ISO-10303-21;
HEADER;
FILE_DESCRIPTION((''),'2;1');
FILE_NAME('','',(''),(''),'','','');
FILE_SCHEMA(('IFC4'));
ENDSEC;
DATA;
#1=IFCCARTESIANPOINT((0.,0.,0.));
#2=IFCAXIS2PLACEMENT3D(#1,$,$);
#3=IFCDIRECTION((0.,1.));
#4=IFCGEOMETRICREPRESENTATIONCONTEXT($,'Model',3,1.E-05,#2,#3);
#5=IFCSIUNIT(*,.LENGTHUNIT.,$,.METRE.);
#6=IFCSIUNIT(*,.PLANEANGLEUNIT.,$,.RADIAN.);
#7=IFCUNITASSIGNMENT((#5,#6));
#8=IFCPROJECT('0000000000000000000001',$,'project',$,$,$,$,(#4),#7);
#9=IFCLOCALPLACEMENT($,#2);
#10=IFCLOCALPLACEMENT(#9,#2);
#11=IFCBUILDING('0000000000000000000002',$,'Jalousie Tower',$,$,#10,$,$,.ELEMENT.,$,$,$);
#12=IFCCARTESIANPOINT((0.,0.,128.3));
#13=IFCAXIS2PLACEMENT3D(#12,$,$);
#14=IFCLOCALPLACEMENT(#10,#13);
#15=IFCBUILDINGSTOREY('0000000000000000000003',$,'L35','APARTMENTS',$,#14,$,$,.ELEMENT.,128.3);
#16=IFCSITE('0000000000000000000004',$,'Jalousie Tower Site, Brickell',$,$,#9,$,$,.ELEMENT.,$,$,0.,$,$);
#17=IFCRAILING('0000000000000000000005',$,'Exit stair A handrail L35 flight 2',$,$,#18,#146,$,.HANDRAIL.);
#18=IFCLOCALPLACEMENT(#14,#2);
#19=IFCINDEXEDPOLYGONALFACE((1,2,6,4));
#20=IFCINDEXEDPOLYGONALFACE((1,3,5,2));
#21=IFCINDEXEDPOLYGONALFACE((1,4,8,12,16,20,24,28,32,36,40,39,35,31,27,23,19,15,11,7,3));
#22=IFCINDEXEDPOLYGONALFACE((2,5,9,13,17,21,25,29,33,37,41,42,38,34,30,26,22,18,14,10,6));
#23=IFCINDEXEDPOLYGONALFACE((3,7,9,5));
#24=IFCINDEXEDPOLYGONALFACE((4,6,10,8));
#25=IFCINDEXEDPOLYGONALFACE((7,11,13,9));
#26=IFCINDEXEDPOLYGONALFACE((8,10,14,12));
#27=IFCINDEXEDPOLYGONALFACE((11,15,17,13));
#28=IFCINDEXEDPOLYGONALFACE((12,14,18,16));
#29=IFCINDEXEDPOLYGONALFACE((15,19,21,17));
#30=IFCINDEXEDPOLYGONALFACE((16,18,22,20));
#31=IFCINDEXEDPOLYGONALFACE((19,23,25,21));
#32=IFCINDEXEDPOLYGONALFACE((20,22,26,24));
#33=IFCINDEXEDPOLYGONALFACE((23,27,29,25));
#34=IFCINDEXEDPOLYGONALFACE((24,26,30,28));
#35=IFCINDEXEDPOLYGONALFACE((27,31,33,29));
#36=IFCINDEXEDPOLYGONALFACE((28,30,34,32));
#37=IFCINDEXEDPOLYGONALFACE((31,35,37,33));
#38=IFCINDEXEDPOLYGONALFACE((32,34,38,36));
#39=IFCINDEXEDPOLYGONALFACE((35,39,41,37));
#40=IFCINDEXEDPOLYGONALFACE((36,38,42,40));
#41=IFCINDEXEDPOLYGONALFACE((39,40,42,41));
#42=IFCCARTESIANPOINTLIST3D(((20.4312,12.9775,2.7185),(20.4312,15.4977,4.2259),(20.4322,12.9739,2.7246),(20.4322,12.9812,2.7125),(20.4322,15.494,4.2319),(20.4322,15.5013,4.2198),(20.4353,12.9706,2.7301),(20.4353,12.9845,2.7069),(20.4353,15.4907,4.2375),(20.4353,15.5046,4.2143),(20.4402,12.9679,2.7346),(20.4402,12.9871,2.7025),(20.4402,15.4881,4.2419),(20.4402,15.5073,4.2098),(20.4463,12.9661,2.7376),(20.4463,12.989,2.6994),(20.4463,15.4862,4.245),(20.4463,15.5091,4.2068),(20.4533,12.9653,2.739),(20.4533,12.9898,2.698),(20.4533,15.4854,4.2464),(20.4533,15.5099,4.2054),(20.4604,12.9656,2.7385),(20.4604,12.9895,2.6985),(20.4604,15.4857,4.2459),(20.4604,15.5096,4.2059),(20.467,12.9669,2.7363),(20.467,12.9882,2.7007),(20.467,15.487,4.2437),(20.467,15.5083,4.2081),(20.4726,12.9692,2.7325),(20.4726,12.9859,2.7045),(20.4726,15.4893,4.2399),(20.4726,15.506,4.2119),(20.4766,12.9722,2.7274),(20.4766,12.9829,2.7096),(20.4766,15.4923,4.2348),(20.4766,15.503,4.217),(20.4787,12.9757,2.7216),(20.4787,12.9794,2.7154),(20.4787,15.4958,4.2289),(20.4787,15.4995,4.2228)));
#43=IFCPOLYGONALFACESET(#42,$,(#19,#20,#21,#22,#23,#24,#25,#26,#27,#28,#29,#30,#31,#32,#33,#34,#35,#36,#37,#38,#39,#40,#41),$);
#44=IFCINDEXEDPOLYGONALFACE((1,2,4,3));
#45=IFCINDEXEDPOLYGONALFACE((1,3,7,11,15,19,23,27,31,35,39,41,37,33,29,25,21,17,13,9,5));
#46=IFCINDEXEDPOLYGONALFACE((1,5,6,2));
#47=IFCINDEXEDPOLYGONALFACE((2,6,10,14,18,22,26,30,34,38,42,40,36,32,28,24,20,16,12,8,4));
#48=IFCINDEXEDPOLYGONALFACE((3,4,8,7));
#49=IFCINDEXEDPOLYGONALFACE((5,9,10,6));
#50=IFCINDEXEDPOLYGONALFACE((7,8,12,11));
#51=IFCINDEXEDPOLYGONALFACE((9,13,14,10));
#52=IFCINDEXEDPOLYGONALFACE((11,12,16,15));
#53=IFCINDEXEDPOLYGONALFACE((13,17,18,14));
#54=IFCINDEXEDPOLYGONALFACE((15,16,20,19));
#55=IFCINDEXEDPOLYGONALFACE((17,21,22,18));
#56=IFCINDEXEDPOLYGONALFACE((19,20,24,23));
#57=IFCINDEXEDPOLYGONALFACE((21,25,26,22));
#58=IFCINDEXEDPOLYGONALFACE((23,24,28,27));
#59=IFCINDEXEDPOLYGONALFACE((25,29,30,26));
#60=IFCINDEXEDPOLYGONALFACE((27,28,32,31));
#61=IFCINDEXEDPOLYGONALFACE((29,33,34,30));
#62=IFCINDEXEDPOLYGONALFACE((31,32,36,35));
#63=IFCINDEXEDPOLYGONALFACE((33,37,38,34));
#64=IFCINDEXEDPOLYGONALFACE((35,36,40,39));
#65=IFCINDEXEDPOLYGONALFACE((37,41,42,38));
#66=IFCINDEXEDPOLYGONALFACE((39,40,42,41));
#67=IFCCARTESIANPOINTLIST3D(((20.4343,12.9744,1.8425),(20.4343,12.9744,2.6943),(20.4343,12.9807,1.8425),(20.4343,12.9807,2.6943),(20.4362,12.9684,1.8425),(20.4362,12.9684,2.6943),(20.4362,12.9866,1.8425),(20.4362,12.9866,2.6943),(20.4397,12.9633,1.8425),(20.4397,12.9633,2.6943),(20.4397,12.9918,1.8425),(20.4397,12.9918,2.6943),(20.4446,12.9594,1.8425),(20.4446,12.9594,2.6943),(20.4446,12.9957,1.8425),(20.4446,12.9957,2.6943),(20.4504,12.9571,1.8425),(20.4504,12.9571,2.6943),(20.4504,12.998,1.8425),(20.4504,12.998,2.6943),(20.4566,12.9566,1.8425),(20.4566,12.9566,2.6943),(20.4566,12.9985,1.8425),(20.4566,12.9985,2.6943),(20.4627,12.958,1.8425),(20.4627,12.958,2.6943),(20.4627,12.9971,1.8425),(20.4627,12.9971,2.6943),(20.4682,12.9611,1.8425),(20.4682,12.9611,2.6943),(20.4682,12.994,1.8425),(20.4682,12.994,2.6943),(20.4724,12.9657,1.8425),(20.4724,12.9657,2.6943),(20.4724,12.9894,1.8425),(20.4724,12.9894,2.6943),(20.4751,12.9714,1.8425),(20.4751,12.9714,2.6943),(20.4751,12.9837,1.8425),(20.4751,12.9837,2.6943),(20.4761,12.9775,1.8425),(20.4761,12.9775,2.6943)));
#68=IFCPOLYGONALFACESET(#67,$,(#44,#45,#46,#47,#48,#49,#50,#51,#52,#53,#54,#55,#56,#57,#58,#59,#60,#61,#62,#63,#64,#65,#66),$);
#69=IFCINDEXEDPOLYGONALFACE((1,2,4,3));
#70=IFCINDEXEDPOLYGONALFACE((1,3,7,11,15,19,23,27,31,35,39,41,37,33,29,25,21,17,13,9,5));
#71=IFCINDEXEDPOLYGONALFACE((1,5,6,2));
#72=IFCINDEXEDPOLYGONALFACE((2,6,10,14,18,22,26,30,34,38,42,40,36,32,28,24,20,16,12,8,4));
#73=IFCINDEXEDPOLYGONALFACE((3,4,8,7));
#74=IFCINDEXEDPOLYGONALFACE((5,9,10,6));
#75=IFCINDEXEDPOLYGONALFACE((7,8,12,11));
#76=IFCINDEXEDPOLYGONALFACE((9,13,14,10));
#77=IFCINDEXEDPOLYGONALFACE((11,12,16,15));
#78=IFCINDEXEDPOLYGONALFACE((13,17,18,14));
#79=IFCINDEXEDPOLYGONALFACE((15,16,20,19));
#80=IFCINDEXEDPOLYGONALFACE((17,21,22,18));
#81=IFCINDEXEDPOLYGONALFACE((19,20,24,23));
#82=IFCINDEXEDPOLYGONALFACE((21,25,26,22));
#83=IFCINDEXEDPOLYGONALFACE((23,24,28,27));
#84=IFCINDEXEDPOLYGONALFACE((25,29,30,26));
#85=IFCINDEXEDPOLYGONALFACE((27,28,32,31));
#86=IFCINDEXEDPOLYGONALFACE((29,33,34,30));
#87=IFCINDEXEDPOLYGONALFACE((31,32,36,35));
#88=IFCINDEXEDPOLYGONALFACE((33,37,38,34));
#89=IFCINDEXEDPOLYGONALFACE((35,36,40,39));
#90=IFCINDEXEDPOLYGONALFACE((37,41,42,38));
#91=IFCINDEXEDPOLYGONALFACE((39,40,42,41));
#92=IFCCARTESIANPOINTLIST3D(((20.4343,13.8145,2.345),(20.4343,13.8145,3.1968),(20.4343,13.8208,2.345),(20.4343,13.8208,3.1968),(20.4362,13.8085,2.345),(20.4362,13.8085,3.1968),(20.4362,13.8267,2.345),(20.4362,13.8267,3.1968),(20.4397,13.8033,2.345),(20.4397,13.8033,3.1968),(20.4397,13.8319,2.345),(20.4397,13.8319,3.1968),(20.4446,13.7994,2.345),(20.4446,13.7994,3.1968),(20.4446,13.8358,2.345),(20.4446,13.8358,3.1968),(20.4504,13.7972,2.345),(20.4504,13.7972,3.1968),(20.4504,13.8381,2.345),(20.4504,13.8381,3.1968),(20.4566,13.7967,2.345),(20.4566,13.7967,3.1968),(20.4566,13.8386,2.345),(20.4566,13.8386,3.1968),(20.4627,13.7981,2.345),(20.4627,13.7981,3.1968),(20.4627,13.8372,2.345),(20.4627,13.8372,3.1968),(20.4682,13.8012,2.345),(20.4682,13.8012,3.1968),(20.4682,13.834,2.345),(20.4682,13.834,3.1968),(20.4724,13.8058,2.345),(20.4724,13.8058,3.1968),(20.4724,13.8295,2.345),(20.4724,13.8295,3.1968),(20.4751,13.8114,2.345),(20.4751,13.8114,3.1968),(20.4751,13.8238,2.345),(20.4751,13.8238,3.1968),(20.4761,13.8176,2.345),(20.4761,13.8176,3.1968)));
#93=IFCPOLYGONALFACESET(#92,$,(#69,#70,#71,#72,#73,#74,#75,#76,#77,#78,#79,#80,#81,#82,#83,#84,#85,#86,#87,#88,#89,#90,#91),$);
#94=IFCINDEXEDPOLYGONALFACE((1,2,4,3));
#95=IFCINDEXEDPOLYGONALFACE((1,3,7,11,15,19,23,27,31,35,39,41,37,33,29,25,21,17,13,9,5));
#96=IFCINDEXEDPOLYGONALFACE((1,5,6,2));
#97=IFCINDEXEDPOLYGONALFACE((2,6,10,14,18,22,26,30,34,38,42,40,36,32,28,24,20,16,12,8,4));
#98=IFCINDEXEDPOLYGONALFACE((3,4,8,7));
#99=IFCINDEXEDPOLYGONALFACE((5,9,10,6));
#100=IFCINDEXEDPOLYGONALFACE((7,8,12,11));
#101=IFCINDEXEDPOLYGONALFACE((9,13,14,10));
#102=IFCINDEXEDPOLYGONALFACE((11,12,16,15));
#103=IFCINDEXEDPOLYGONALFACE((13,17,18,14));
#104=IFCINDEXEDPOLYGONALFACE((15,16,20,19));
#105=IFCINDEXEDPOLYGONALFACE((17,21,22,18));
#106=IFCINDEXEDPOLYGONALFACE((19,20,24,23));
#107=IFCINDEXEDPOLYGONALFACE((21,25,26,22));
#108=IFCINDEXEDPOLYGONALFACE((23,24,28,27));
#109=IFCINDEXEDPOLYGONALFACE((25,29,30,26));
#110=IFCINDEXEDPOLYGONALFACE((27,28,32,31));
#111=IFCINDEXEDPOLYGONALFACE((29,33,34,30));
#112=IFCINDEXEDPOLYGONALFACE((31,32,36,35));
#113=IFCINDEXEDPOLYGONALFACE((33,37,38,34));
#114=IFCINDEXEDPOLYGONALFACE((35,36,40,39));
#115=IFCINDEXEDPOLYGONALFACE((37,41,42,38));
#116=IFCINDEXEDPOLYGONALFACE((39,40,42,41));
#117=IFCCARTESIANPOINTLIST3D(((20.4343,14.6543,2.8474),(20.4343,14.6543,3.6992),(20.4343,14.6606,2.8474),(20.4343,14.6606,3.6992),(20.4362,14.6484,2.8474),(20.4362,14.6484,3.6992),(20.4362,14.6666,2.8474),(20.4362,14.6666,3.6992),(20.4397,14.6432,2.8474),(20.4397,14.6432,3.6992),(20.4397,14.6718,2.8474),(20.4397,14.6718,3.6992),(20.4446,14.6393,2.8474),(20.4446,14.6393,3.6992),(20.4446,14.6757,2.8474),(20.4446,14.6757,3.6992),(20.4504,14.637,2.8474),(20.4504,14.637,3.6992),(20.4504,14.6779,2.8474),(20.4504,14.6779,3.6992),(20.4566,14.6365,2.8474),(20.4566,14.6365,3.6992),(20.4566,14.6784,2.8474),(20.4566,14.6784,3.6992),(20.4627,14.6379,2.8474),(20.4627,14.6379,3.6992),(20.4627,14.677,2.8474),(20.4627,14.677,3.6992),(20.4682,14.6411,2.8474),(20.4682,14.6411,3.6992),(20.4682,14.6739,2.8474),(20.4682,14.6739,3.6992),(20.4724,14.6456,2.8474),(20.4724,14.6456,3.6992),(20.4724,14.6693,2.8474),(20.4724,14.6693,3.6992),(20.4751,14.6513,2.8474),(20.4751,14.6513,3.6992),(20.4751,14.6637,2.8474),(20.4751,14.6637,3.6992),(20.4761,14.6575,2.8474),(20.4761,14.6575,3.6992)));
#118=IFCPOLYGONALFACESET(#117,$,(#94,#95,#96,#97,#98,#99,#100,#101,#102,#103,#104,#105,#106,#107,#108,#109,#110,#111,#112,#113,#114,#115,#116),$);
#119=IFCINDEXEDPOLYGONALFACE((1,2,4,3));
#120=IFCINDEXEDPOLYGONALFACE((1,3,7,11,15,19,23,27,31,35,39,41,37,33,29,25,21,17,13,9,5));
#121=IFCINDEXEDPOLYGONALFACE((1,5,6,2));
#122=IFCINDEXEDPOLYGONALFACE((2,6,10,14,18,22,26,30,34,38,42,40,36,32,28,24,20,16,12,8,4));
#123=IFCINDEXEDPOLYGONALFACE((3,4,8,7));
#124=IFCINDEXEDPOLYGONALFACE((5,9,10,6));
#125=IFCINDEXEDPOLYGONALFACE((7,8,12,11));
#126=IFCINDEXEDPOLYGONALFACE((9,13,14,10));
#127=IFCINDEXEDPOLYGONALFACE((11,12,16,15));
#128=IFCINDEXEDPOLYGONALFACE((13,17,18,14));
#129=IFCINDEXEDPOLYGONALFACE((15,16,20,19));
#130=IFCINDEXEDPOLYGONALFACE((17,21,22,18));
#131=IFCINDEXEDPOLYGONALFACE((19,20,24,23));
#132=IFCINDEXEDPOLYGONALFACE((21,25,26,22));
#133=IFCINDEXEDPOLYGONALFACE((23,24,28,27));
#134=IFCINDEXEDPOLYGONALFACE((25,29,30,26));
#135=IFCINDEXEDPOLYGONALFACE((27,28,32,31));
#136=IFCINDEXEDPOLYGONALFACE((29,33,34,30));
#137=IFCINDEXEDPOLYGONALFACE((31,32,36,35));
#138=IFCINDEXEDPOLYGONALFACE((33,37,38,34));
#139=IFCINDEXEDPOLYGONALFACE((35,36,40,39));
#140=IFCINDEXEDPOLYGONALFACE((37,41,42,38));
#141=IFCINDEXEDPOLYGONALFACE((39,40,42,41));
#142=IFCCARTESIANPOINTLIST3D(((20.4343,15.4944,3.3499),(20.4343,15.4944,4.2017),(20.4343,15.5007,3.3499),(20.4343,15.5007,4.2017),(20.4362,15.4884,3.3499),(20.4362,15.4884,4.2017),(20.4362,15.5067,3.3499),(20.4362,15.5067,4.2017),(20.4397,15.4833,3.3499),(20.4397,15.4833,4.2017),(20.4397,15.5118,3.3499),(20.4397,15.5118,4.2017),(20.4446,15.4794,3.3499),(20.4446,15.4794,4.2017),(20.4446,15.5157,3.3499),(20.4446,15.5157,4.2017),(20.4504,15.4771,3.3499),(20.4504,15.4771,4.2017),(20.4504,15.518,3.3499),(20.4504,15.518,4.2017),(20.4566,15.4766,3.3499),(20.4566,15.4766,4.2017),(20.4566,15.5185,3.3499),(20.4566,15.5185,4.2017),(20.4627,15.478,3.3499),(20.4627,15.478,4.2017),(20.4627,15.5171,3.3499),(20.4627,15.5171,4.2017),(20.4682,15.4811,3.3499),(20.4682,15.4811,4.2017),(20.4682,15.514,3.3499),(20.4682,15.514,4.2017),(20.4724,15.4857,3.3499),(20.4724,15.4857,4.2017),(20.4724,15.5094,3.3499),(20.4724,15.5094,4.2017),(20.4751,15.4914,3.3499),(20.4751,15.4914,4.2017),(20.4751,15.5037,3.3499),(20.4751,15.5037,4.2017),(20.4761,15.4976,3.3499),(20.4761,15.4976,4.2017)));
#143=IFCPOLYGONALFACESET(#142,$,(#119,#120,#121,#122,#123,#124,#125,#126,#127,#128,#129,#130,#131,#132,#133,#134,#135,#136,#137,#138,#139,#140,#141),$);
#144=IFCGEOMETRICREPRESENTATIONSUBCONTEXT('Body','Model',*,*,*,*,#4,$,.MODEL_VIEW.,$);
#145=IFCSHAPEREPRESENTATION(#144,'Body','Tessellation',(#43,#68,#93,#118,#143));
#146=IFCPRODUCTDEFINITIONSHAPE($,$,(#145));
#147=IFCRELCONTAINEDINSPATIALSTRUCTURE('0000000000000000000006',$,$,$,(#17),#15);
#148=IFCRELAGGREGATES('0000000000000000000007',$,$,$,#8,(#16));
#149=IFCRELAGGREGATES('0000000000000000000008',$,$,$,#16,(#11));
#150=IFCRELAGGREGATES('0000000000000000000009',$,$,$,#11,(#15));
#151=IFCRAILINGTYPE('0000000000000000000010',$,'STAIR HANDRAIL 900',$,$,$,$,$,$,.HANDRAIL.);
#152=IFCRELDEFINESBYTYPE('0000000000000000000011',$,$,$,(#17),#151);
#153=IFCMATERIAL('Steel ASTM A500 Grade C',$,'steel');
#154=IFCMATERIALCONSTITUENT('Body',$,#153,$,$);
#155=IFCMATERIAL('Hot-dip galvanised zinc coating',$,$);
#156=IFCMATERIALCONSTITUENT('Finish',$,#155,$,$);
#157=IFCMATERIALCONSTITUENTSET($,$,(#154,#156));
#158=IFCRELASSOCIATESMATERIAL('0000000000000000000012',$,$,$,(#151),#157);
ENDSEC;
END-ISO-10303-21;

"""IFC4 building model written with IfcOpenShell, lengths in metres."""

from ifc_helpers import new_model, si_unit, direction, frame, origin, origin_2d, place, context, subcontext, project, spatial, circle, extrude, material, constituent, constituent_set, type_object, element, save


model = new_model("IFC4")

# Units and contexts
model_context = context("Model", 3, precision=1e-05, world=origin(), true_north=direction((0.0, 1.0)))
body_context = subcontext(model_context, "Body", "Model", "MODEL_VIEW")
ifc_project = project(units=[si_unit("LENGTHUNIT", "METRE"), si_unit("PLANEANGLEUNIT", "RADIAN")], contexts=[model_context])

# Site, building, storey
site_placement = place(None, origin())
site = spatial("IfcSite", under=ifc_project, at=site_placement, Name="Jalousie Tower Site, Brickell", CompositionType="ELEMENT", RefElevation=0.0)
building_placement = place(site_placement, origin())
building = spatial("IfcBuilding", under=site, at=building_placement, Name="Jalousie Tower", CompositionType="ELEMENT")
storey_placement = place(building_placement, frame((0.0, 0.0, 128.3)))
storey = spatial("IfcBuildingStorey", under=building, at=storey_placement, Name="L35", Description="APARTMENTS", CompositionType="ELEMENT", Elevation=128.3)

# Railing
ifc_material_1 = material(Name="Steel ASTM A500 Grade C", Category="steel")
ifc_constituent_1 = constituent(ifc_material_1, Name="Body")
ifc_material_2 = material(Name="Hot-dip galvanised zinc coating")
ifc_constituent_2 = constituent(ifc_material_2, Name="Finish")
ifc_constituent_set_1 = constituent_set(constituents=[ifc_constituent_1, ifc_constituent_2])
railing_type_1 = type_object("IfcRailingType", Name="STAIR HANDRAIL 900", PredefinedType="HANDRAIL", material=ifc_constituent_set_1)
railing_1_placement = place(storey_placement, frame((20.4551, 12.9775, 1.8425)))
element("IfcRailing", 1, at=railing_1_placement, inside=storey, type_object=railing_type_1, Name="Exit stair A handrail L35 flight 2", PredefinedType="HANDRAIL", context=body_context, shape_type="SweptSolid", body=[
    extrude(circle(Radius=0.0239, at=origin_2d()), frame((0.0, 0.0, 0.876), z_axis=(0.0, 0.858196, 0.513321), x_axis=(-1.0, 0.0, 0.0)), (0.0, 0.0, 1.0), 2.9365),
    extrude(circle(Radius=0.021, at=origin_2d()), origin(), (0.0, 0.0, 1.0), 0.8518),
    extrude(circle(Radius=0.021, at=origin_2d()), frame((0.0, 0.8401, 0.5024)), (0.0, 0.0, 1.0), 0.8518),
    extrude(circle(Radius=0.021, at=origin_2d()), frame((0.0, 1.6799, 1.0049)), (0.0, 0.0, 1.0), 0.8518),
    extrude(circle(Radius=0.021, at=origin_2d()), frame((0.0, 2.52, 1.5073)), (0.0, 0.0, 1.0), 0.8518),
])

save(model, "model.ifc")
